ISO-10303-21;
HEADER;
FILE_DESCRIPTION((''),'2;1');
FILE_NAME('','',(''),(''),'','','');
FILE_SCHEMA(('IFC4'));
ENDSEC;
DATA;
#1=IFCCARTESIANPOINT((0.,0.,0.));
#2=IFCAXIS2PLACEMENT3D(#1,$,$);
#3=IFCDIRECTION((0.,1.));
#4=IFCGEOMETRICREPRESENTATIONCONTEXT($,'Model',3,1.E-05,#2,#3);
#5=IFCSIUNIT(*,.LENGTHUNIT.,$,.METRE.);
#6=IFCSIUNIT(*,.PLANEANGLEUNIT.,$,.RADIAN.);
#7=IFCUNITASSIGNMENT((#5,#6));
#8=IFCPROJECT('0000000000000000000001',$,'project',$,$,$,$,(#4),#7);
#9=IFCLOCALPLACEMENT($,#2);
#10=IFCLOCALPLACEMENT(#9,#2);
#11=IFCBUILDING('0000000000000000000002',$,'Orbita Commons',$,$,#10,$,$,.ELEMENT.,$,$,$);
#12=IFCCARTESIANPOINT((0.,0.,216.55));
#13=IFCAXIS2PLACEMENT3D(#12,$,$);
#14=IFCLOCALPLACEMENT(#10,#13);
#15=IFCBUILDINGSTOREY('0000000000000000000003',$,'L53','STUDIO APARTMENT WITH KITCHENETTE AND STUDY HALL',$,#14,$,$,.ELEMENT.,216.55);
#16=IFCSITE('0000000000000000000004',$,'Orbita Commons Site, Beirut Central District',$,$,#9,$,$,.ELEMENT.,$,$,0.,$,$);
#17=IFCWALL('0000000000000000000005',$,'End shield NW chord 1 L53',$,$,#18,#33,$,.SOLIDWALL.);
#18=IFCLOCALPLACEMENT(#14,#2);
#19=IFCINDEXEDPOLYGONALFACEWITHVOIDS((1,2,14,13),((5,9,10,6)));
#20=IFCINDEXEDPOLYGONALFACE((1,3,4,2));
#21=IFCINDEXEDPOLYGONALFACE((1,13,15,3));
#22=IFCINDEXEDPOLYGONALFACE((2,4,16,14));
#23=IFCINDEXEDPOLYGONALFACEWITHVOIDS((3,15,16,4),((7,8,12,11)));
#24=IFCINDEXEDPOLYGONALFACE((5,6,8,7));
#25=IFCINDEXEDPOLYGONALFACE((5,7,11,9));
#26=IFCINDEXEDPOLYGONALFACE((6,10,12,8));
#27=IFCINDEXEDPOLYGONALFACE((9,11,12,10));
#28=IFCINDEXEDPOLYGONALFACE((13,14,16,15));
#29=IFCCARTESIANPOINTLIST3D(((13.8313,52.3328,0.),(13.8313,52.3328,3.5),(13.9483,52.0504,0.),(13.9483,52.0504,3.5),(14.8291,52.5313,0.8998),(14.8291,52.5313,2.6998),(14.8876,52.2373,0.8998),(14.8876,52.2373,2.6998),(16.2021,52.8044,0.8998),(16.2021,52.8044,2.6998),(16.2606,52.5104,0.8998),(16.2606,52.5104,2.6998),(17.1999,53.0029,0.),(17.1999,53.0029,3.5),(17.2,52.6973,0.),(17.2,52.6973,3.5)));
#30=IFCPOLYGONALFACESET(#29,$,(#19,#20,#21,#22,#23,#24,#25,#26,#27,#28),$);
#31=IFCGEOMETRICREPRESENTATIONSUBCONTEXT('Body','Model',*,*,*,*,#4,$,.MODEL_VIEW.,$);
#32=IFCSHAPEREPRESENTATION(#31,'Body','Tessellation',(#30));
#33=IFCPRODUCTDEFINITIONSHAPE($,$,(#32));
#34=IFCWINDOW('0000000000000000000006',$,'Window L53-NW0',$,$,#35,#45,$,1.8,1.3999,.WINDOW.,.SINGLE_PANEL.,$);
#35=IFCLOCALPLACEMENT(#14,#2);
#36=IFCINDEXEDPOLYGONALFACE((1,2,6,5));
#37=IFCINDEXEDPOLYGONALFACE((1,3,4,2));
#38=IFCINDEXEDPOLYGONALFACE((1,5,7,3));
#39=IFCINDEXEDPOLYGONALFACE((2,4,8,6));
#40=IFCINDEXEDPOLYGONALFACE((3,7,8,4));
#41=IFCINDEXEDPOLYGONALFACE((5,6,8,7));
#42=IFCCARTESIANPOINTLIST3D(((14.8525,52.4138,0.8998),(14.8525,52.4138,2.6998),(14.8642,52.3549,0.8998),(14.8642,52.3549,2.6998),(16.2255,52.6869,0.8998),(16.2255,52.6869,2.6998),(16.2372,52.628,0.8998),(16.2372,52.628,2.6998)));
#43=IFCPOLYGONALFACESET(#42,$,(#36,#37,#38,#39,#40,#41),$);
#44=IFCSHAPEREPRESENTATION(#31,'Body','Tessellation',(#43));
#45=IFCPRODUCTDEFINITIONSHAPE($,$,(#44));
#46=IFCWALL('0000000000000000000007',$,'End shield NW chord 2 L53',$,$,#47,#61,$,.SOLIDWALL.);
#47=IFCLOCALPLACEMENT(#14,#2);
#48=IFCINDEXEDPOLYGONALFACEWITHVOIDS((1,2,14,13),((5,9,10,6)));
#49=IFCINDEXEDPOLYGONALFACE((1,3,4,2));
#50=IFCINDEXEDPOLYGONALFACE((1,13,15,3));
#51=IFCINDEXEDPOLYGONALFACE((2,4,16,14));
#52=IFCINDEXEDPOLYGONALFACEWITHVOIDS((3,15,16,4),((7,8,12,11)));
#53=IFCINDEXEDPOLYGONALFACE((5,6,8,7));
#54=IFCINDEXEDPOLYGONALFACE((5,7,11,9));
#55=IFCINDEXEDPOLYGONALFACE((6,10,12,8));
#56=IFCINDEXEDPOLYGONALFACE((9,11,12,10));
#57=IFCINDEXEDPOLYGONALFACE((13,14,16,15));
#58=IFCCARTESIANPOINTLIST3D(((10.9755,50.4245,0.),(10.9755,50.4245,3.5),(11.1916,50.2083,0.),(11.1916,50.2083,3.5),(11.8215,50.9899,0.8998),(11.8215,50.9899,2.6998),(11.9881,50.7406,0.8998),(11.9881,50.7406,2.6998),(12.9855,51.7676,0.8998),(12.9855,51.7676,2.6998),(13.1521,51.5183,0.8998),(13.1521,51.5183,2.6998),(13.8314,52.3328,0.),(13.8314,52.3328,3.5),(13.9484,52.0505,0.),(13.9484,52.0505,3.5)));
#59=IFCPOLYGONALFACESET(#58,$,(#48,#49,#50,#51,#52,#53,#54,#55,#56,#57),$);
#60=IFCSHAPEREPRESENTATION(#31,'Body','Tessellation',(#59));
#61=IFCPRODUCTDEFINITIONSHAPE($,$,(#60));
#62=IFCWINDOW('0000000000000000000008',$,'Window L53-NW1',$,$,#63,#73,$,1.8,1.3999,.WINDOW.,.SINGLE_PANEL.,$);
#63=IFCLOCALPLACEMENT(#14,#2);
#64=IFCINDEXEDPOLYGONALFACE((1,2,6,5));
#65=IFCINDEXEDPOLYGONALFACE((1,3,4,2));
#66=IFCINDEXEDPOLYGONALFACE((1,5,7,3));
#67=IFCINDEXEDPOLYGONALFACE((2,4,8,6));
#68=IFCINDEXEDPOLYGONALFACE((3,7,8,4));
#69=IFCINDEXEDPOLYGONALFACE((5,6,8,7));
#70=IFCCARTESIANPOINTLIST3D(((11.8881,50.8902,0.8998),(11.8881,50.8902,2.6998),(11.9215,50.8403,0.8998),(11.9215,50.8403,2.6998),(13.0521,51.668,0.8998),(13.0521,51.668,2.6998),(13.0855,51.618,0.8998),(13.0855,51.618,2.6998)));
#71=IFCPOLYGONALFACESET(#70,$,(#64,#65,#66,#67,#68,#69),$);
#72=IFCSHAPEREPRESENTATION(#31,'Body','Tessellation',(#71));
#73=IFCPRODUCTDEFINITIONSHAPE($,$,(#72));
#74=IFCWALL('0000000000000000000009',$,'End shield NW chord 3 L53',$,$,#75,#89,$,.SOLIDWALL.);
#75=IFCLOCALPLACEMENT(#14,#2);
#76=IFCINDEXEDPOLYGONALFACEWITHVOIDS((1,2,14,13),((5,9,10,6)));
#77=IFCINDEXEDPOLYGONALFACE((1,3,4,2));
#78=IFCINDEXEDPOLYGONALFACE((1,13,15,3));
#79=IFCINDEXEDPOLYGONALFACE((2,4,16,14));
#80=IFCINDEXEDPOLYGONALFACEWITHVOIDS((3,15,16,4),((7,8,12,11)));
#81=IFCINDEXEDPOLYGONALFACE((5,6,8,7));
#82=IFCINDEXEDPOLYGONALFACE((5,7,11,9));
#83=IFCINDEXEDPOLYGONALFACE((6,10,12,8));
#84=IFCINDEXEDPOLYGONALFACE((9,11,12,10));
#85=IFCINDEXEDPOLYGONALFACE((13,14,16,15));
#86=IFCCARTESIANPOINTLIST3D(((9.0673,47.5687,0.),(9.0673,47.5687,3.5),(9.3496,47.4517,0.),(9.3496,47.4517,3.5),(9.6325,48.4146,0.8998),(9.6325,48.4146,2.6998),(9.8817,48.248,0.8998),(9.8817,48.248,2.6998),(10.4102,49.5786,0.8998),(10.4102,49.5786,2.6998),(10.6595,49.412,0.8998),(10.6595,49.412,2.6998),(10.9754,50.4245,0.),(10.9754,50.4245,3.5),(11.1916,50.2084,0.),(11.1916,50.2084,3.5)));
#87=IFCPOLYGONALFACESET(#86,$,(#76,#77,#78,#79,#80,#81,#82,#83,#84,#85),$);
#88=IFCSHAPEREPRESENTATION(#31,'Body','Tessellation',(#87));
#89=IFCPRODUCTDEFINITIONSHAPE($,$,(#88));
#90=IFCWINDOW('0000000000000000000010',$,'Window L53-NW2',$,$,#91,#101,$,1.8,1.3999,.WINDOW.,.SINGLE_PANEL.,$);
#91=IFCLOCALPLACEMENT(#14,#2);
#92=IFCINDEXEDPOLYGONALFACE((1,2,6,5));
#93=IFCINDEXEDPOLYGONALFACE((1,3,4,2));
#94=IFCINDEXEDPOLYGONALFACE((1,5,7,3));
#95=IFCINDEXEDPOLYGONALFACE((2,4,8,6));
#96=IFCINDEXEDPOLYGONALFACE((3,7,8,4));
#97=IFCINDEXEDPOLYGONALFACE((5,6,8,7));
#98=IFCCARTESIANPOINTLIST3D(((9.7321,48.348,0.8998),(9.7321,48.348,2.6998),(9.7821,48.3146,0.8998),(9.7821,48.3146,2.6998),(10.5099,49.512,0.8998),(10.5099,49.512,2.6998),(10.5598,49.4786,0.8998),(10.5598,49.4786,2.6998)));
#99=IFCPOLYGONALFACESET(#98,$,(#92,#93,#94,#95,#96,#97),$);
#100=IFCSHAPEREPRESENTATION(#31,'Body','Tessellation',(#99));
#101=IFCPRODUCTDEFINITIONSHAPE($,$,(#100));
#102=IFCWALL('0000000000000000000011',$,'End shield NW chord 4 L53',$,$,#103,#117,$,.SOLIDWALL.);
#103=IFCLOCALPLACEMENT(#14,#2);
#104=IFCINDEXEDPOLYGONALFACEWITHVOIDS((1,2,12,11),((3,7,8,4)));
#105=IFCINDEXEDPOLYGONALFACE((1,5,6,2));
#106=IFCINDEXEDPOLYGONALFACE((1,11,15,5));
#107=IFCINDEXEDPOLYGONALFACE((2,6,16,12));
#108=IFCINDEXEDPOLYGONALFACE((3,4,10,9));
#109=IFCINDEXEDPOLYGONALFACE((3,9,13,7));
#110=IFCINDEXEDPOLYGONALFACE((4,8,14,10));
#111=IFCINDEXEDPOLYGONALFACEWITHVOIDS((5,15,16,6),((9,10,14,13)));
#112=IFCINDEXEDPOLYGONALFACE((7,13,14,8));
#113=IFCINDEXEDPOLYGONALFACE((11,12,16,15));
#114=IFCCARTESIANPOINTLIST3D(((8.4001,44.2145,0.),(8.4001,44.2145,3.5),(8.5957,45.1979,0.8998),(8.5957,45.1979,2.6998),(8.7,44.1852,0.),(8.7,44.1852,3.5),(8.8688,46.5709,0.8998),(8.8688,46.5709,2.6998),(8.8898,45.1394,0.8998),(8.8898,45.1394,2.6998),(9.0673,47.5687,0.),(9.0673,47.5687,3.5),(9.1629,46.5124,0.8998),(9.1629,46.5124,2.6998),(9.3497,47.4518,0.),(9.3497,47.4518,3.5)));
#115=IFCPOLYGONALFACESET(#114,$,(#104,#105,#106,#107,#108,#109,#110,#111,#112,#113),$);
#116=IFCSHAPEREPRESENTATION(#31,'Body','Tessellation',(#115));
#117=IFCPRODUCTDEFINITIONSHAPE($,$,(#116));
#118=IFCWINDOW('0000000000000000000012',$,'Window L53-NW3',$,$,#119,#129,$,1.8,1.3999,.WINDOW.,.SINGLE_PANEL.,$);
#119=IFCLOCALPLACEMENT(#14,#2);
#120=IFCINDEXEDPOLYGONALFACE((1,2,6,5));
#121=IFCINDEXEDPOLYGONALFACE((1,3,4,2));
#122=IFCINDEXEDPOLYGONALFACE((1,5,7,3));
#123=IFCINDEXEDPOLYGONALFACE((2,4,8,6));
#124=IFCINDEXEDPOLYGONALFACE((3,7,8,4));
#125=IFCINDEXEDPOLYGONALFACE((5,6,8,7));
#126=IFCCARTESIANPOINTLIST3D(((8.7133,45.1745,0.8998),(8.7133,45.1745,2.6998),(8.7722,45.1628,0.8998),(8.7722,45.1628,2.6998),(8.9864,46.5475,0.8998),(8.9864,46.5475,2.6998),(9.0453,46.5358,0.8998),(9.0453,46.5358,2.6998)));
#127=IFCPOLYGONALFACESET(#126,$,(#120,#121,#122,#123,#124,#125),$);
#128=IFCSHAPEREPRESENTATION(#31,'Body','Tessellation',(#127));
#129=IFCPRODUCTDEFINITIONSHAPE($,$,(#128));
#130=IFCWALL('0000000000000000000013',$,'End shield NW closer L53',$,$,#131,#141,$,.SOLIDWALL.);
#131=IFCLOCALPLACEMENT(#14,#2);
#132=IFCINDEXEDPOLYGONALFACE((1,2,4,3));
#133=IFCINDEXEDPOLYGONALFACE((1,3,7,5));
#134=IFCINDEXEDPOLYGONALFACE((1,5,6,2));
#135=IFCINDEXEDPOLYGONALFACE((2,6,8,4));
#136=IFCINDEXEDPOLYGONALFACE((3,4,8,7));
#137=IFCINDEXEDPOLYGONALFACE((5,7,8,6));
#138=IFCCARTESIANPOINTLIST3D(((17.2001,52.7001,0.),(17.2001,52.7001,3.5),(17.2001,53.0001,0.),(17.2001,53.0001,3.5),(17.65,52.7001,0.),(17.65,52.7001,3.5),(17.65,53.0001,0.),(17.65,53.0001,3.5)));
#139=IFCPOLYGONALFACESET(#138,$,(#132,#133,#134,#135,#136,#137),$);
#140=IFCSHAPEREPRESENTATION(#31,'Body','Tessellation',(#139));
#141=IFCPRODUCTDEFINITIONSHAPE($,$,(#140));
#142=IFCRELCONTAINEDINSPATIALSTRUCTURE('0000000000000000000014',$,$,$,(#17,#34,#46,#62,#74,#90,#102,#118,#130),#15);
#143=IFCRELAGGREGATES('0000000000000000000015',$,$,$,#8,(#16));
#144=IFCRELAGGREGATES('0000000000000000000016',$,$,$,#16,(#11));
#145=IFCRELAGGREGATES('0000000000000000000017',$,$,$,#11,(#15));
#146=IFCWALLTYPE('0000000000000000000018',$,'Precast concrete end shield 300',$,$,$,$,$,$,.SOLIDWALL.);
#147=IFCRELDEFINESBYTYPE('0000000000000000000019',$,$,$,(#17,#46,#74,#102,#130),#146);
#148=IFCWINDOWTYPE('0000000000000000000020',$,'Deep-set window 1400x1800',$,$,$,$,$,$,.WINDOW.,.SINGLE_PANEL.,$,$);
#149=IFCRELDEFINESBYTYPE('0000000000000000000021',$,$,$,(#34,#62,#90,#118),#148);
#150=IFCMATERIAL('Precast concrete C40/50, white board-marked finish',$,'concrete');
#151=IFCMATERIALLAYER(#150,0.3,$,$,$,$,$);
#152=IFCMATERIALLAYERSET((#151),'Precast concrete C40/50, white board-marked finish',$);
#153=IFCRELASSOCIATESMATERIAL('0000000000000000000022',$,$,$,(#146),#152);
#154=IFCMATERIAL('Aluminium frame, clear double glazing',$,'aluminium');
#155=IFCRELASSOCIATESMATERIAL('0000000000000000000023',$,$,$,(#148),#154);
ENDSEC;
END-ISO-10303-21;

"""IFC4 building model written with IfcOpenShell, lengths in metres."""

from ifc_helpers import new_model, si_unit, direction, frame, frame_2d, origin, place, context, subcontext, project, spatial, polyline, rectangle, outline, extrude, material, layer, layer_set, type_object, element, fill, save


model = new_model("IFC4")

# Units and contexts
model_context = context("Model", 3, precision=1e-05, world=origin(), true_north=direction((0.0, 1.0)))
body_context = subcontext(model_context, "Body", "Model", "MODEL_VIEW")
ifc_project = project(units=[si_unit("LENGTHUNIT", "METRE"), si_unit("PLANEANGLEUNIT", "RADIAN")], contexts=[model_context])

# Site, building, storey
site_placement = place(None, origin())
site = spatial("IfcSite", under=ifc_project, at=site_placement, Name="Orbita Commons Site, Beirut Central District", CompositionType="ELEMENT", RefElevation=0.0)
building_placement = place(site_placement, origin())
building = spatial("IfcBuilding", under=site, at=building_placement, Name="Orbita Commons", CompositionType="ELEMENT")
storey_placement = place(building_placement, frame((0.0, 0.0, 216.55)))
storey = spatial("IfcBuildingStorey", under=building, at=storey_placement, Name="L53", Description="STUDIO APARTMENT WITH KITCHENETTE AND STUDY HALL", CompositionType="ELEMENT", Elevation=216.55)

# Walls, openings, windows
ifc_material_1 = material(Name="Precast concrete C40/50, white board-marked finish", Category="concrete")
ifc_layer_1 = layer(ifc_material_1, 0.3)
ifc_layer_set_1 = layer_set([ifc_layer_1], Name="Precast concrete C40/50, white board-marked finish")
wall_type_1 = type_object("IfcWallType", Name="Precast concrete end shield 300", PredefinedType="SOLIDWALL", material=ifc_layer_set_1)
wall_1_placement = place(storey_placement, frame((17.2, 52.8501, 0.0), z_axis=(0.0, 0.0, 1.0), x_axis=(-0.980783, -0.1951, 0.0)))
wall_1 = element("IfcWall", 1, at=wall_1_placement, inside=storey, type_object=wall_type_1, Name="End shield NW chord 1 L53", PredefinedType="SOLIDWALL", context=body_context, shape_type="SweptSolid", body=[
    extrude(outline(polyline([(-0.0298, -0.1499), (3.4048, -0.1499), (3.3452, 0.1499), (0.0298, 0.1499), (-0.0298, -0.1499)])), origin(), (0.0, 0.0, 1.0), 3.5),
])
opening_1_placement = place(wall_1_placement, frame((0.9875, 0.0, 0.8999)))
opening_1 = element("IfcOpeningElement", 2, at=opening_1_placement, cuts=wall_1, PredefinedType="OPENING", context=body_context, shape_type="SweptSolid", body=[
    extrude(rectangle(XDim=1.3999, YDim=1.8, at=frame_2d((0.7, 0.8999))), frame((0.0, 0.1599, 0.0), z_axis=(0.0, -1.0, 0.0), x_axis=(1.0, 0.0, 0.0)), (0.0, 0.0, 1.0), 0.3201),
])
ifc_material_2 = material(Name="Aluminium frame, clear double glazing", Category="aluminium")
window_type = type_object("IfcWindowType", Name="Deep-set window 1400x1800", PartitioningType="SINGLE_PANEL", PredefinedType="WINDOW", material=ifc_material_2)
window_1_placement = place(opening_1_placement, origin())
window_1 = element("IfcWindow", 3, at=window_1_placement, inside=storey, type_object=window_type, Name="Window L53-NW0", OverallHeight=1.8, OverallWidth=1.3999, PartitioningType="SINGLE_PANEL", PredefinedType="WINDOW", context=body_context, shape_type="SweptSolid", body=[
    extrude(rectangle(XDim=1.3999, YDim=1.8, at=frame_2d((0.7, 0.8999))), frame((0.0, 0.03, 0.0), z_axis=(0.0, -1.0, 0.0), x_axis=(1.0, 0.0, 0.0)), (0.0, 0.0, 1.0), 0.0601),
])
fill(opening_1, window_1)
wall_2_placement = place(storey_placement, frame((13.8899, 52.1917, 0.0), z_axis=(0.0, 0.0, 1.0), x_axis=(-0.83146, -0.555585, 0.0)))
wall_2 = element("IfcWall", 4, at=wall_2_placement, inside=storey, type_object=wall_type_1, Name="End shield NW chord 2 L53", PredefinedType="SOLIDWALL", context=body_context, shape_type="SweptSolid", body=[
    extrude(outline(polyline([(-0.0298, -0.1499), (3.405, -0.1499), (3.3455, 0.1499), (0.0298, 0.1499), (-0.0298, -0.1499)])), origin(), (0.0, 0.0, 1.0), 3.5),
])
opening_2_placement = place(wall_2_placement, frame((0.9875, 0.0, 0.8999)))
opening_2 = element("IfcOpeningElement", 5, at=opening_2_placement, cuts=wall_2, PredefinedType="OPENING", context=body_context, shape_type="SweptSolid", body=[
    extrude(rectangle(XDim=1.3999, YDim=1.8, at=frame_2d((0.7, 0.8999))), frame((0.0, 0.1599, 0.0), z_axis=(0.0, -1.0, 0.0), x_axis=(1.0, 0.0, 0.0)), (0.0, 0.0, 1.0), 0.3201),
])
window_2_placement = place(opening_2_placement, origin())
window_2 = element("IfcWindow", 6, at=window_2_placement, inside=storey, type_object=window_type, Name="Window L53-NW1", OverallHeight=1.8, OverallWidth=1.3999, PartitioningType="SINGLE_PANEL", PredefinedType="WINDOW", context=body_context, shape_type="SweptSolid", body=[
    extrude(rectangle(XDim=1.3999, YDim=1.8, at=frame_2d((0.7, 0.8999))), frame((0.0, 0.03, 0.0), z_axis=(0.0, -1.0, 0.0), x_axis=(1.0, 0.0, 0.0)), (0.0, 0.0, 1.0), 0.0601),
])
fill(opening_2, window_2)
wall_3_placement = place(storey_placement, frame((11.0835, 50.3164, 0.0), z_axis=(0.0, 0.0, 1.0), x_axis=(-0.555568, -0.831471, 0.0)))
wall_3 = element("IfcWall", 7, at=wall_3_placement, inside=storey, type_object=wall_type_1, Name="End shield NW chord 3 L53", PredefinedType="SOLIDWALL", context=body_context, shape_type="SweptSolid", body=[
    extrude(outline(polyline([(-0.0298, -0.1499), (3.4048, -0.1499), (3.3452, 0.1499), (0.0298, 0.1499), (-0.0298, -0.1499)])), origin(), (0.0, 0.0, 1.0), 3.5),
])
opening_3_placement = place(wall_3_placement, frame((0.9875, 0.0, 0.8999)))
opening_3 = element("IfcOpeningElement", 8, at=opening_3_placement, cuts=wall_3, PredefinedType="OPENING", context=body_context, shape_type="SweptSolid", body=[
    extrude(rectangle(XDim=1.3999, YDim=1.8, at=frame_2d((0.7, 0.8999))), frame((0.0, 0.1599, 0.0), z_axis=(0.0, -1.0, 0.0), x_axis=(1.0, 0.0, 0.0)), (0.0, 0.0, 1.0), 0.3201),
])
window_3_placement = place(opening_3_placement, origin())
window_3 = element("IfcWindow", 9, at=window_3_placement, inside=storey, type_object=window_type, Name="Window L53-NW2", OverallHeight=1.8, OverallWidth=1.3999, PartitioningType="SINGLE_PANEL", PredefinedType="WINDOW", context=body_context, shape_type="SweptSolid", body=[
    extrude(rectangle(XDim=1.3999, YDim=1.8, at=frame_2d((0.7, 0.8999))), frame((0.0, 0.03, 0.0), z_axis=(0.0, -1.0, 0.0), x_axis=(1.0, 0.0, 0.0)), (0.0, 0.0, 1.0), 0.0601),
])
fill(opening_3, window_3)
wall_4_placement = place(storey_placement, frame((9.2085, 47.5103, 0.0), z_axis=(0.0, 0.0, 1.0), x_axis=(-0.195087, -0.980786, 0.0)))
wall_4 = element("IfcWall", 10, at=wall_4_placement, inside=storey, type_object=wall_type_1, Name="End shield NW chord 4 L53", PredefinedType="SOLIDWALL", context=body_context, shape_type="SweptSolid", body=[
    extrude(outline(polyline([(-0.0298, -0.1499), (3.3901, -0.1499), (3.3604, 0.1499), (0.0298, 0.1499), (-0.0298, -0.1499)])), origin(), (0.0, 0.0, 1.0), 3.5),
])
opening_4_placement = place(wall_4_placement, frame((0.9875, 0.0, 0.8999)))
opening_4 = element("IfcOpeningElement", 11, at=opening_4_placement, cuts=wall_4, PredefinedType="OPENING", context=body_context, shape_type="SweptSolid", body=[
    extrude(rectangle(XDim=1.3999, YDim=1.8, at=frame_2d((0.7, 0.8999))), frame((0.0, 0.1599, 0.0), z_axis=(0.0, -1.0, 0.0), x_axis=(1.0, 0.0, 0.0)), (0.0, 0.0, 1.0), 0.3201),
])
window_4_placement = place(opening_4_placement, origin())
window_4 = element("IfcWindow", 12, at=window_4_placement, inside=storey, type_object=window_type, Name="Window L53-NW3", OverallHeight=1.8, OverallWidth=1.3999, PartitioningType="SINGLE_PANEL", PredefinedType="WINDOW", context=body_context, shape_type="SweptSolid", body=[
    extrude(rectangle(XDim=1.3999, YDim=1.8, at=frame_2d((0.7, 0.8999))), frame((0.0, 0.03, 0.0), z_axis=(0.0, -1.0, 0.0), x_axis=(1.0, 0.0, 0.0)), (0.0, 0.0, 1.0), 0.0601),
])
fill(opening_4, window_4)

# Wall
wall_5_placement = place(storey_placement, frame((17.2, 52.8501, 0.0), z_axis=(0.0, 0.0, 1.0), x_axis=(1.0, 0.0, 0.0)))
element("IfcWall", 13, at=wall_5_placement, inside=storey, type_object=wall_type_1, Name="End shield NW closer L53", PredefinedType="SOLIDWALL", context=body_context, shape_type="SweptSolid", body=[
    extrude(rectangle(XDim=0.45, YDim=0.3, at=frame_2d((0.2251, 0.0))), origin(), (0.0, 0.0, 1.0), 3.5),
])

save(model, "model.ifc")
